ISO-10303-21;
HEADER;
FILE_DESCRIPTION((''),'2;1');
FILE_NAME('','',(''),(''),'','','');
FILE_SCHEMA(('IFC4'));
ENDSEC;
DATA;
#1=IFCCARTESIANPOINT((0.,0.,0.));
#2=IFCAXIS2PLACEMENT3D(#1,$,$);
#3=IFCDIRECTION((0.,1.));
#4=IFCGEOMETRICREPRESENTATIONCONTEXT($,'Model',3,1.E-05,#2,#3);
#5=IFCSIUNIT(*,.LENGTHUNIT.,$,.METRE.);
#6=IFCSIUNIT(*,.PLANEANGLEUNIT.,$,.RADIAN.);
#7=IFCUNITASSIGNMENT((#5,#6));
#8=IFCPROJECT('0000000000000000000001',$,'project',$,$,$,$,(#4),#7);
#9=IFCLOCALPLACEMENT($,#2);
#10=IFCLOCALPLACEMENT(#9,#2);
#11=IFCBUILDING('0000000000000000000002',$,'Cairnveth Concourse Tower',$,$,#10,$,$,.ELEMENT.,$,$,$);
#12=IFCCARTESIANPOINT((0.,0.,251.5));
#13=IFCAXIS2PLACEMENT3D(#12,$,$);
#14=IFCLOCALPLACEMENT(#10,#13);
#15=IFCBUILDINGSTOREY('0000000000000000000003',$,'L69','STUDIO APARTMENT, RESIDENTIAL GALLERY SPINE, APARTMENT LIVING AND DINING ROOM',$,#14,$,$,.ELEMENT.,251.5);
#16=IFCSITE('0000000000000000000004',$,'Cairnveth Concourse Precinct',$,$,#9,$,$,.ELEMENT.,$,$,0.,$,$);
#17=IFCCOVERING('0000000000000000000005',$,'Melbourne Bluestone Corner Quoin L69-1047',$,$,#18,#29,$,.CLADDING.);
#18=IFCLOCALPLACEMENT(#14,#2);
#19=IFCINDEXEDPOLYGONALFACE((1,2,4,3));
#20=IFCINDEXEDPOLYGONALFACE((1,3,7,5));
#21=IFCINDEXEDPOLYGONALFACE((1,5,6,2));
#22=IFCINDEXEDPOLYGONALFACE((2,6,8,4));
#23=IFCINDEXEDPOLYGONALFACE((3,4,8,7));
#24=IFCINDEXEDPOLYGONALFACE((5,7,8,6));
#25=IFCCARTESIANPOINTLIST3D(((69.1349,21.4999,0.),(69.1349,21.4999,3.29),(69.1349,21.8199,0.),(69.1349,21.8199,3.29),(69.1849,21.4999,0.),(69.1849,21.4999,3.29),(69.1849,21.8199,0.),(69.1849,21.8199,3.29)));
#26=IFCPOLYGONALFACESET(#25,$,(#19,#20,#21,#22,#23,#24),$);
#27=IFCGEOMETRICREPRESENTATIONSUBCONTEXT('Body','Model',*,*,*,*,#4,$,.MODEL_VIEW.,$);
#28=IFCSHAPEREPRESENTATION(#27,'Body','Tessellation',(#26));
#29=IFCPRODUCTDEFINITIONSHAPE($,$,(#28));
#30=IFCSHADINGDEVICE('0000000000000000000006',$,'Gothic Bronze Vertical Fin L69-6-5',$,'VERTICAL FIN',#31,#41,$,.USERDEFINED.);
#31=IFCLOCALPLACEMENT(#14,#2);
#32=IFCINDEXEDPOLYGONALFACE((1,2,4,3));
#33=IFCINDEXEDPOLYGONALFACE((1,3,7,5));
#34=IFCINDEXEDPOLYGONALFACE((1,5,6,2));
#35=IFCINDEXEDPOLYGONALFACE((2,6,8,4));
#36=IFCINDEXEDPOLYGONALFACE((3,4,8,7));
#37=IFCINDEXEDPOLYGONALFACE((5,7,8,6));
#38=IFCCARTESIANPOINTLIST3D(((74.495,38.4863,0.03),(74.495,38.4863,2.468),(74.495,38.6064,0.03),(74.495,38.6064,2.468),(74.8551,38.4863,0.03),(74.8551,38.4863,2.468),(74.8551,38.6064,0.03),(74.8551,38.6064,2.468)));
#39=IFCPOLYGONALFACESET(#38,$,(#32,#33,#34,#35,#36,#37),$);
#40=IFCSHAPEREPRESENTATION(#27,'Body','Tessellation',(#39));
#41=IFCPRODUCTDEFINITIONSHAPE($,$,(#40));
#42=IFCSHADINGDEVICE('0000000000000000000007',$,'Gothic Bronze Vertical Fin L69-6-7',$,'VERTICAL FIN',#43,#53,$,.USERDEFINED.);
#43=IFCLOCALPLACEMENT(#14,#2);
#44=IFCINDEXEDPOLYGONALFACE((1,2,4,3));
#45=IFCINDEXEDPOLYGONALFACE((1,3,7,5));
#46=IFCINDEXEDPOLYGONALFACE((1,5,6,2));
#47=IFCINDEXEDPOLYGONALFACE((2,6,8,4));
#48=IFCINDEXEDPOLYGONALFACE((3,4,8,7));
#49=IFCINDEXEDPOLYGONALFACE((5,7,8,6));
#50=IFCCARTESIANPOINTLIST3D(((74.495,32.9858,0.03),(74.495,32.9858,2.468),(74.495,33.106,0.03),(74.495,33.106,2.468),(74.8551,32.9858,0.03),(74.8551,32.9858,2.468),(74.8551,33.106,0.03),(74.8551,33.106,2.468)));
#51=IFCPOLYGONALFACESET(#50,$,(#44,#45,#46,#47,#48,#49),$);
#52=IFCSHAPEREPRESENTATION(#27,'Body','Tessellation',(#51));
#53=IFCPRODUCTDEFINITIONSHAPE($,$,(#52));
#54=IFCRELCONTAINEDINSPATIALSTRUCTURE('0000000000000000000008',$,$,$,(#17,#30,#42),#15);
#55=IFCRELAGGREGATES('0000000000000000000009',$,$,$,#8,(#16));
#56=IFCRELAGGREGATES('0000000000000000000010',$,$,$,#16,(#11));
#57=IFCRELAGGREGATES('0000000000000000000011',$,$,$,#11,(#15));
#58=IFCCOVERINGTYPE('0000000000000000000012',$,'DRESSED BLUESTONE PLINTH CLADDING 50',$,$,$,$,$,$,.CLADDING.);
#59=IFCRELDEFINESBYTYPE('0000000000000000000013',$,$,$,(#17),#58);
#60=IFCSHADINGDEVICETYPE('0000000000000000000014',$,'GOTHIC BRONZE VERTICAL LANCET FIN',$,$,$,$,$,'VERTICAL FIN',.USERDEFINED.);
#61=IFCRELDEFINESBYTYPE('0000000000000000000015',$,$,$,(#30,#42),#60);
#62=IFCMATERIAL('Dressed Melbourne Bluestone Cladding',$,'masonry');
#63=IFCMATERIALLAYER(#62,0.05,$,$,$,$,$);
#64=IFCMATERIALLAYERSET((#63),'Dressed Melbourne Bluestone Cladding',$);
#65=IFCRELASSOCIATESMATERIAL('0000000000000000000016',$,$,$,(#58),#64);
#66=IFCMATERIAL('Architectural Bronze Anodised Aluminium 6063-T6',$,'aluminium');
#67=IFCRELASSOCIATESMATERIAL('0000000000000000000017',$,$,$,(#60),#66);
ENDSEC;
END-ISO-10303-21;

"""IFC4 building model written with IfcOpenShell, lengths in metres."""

from ifc_helpers import new_model, si_unit, direction, frame, frame_2d, origin, origin_2d, place, context, subcontext, project, spatial, rectangle, extrude, material, layer, layer_set, type_object, element, save


model = new_model("IFC4")

# Units and contexts
model_context = context("Model", 3, precision=1e-05, world=origin(), true_north=direction((0.0, 1.0)))
body_context = subcontext(model_context, "Body", "Model", "MODEL_VIEW")
ifc_project = project(units=[si_unit("LENGTHUNIT", "METRE"), si_unit("PLANEANGLEUNIT", "RADIAN")], contexts=[model_context])

# Site, building, storey
site_placement = place(None, origin())
site = spatial("IfcSite", under=ifc_project, at=site_placement, Name="Cairnveth Concourse Precinct", CompositionType="ELEMENT", RefElevation=0.0)
building_placement = place(site_placement, origin())
building = spatial("IfcBuilding", under=site, at=building_placement, Name="Cairnveth Concourse Tower", CompositionType="ELEMENT")
storey_placement = place(building_placement, frame((0.0, 0.0, 251.5)))
storey = spatial("IfcBuildingStorey", under=building, at=storey_placement, Name="L69", Description="STUDIO APARTMENT, RESIDENTIAL GALLERY SPINE, APARTMENT LIVING AND DINING ROOM", CompositionType="ELEMENT", Elevation=251.5)

# Covering
ifc_material_1 = material(Name="Dressed Melbourne Bluestone Cladding", Category="masonry")
ifc_layer_1 = layer(ifc_material_1, 0.05)
ifc_layer_set_1 = layer_set([ifc_layer_1], Name="Dressed Melbourne Bluestone Cladding")
covering_type = type_object("IfcCoveringType", Name="DRESSED BLUESTONE PLINTH CLADDING 50", PredefinedType="CLADDING", material=ifc_layer_set_1)
for number, where, z_axis, x_axis, name in (
    (1, (69.1599, 21.8201, 0.0), (0.0, 0.0, 1.0), (0.0, -1.0, 0.0), "Melbourne Bluestone Corner Quoin L69-1047"),
):
    element("IfcCovering", number, at=place(storey_placement, frame(where, z_axis=z_axis, x_axis=x_axis)), inside=storey, type_object=covering_type, Name=name, PredefinedType="CLADDING", context=body_context, shape_type="SweptSolid", body=[
        extrude(rectangle(XDim=0.3201, YDim=0.05, at=frame_2d((0.1602, 0.0))), origin(), (0.0, 0.0, 1.0), 3.29),
    ])

# Shading devices
ifc_material_2 = material(Name="Architectural Bronze Anodised Aluminium 6063-T6", Category="aluminium")
shading_device_type = type_object("IfcShadingDeviceType", Name="GOTHIC BRONZE VERTICAL LANCET FIN", ElementType="VERTICAL FIN", PredefinedType="USERDEFINED", material=ifc_material_2)
for number, where, z_axis, x_axis, name in (
    (2, (74.675, 38.5464, 0.03), (0.0, 0.0, 1.0), (0.0, 1.0, 0.0), "Gothic Bronze Vertical Fin L69-6-5"),
    (3, (74.675, 33.0459, 0.03), (0.0, 0.0, 1.0), (0.0, 1.0, 0.0), "Gothic Bronze Vertical Fin L69-6-7"),
):
    element("IfcShadingDevice", number, at=place(storey_placement, frame(where, z_axis=z_axis, x_axis=x_axis)), inside=storey, type_object=shading_device_type, Name=name, ObjectType="VERTICAL FIN", PredefinedType="USERDEFINED", context=body_context, shape_type="SweptSolid", body=[
        extrude(rectangle(XDim=0.1201, YDim=0.3601, at=origin_2d()), origin(), (0.0, 0.0, 1.0), 2.438),
    ])

save(model, "model.ifc")
